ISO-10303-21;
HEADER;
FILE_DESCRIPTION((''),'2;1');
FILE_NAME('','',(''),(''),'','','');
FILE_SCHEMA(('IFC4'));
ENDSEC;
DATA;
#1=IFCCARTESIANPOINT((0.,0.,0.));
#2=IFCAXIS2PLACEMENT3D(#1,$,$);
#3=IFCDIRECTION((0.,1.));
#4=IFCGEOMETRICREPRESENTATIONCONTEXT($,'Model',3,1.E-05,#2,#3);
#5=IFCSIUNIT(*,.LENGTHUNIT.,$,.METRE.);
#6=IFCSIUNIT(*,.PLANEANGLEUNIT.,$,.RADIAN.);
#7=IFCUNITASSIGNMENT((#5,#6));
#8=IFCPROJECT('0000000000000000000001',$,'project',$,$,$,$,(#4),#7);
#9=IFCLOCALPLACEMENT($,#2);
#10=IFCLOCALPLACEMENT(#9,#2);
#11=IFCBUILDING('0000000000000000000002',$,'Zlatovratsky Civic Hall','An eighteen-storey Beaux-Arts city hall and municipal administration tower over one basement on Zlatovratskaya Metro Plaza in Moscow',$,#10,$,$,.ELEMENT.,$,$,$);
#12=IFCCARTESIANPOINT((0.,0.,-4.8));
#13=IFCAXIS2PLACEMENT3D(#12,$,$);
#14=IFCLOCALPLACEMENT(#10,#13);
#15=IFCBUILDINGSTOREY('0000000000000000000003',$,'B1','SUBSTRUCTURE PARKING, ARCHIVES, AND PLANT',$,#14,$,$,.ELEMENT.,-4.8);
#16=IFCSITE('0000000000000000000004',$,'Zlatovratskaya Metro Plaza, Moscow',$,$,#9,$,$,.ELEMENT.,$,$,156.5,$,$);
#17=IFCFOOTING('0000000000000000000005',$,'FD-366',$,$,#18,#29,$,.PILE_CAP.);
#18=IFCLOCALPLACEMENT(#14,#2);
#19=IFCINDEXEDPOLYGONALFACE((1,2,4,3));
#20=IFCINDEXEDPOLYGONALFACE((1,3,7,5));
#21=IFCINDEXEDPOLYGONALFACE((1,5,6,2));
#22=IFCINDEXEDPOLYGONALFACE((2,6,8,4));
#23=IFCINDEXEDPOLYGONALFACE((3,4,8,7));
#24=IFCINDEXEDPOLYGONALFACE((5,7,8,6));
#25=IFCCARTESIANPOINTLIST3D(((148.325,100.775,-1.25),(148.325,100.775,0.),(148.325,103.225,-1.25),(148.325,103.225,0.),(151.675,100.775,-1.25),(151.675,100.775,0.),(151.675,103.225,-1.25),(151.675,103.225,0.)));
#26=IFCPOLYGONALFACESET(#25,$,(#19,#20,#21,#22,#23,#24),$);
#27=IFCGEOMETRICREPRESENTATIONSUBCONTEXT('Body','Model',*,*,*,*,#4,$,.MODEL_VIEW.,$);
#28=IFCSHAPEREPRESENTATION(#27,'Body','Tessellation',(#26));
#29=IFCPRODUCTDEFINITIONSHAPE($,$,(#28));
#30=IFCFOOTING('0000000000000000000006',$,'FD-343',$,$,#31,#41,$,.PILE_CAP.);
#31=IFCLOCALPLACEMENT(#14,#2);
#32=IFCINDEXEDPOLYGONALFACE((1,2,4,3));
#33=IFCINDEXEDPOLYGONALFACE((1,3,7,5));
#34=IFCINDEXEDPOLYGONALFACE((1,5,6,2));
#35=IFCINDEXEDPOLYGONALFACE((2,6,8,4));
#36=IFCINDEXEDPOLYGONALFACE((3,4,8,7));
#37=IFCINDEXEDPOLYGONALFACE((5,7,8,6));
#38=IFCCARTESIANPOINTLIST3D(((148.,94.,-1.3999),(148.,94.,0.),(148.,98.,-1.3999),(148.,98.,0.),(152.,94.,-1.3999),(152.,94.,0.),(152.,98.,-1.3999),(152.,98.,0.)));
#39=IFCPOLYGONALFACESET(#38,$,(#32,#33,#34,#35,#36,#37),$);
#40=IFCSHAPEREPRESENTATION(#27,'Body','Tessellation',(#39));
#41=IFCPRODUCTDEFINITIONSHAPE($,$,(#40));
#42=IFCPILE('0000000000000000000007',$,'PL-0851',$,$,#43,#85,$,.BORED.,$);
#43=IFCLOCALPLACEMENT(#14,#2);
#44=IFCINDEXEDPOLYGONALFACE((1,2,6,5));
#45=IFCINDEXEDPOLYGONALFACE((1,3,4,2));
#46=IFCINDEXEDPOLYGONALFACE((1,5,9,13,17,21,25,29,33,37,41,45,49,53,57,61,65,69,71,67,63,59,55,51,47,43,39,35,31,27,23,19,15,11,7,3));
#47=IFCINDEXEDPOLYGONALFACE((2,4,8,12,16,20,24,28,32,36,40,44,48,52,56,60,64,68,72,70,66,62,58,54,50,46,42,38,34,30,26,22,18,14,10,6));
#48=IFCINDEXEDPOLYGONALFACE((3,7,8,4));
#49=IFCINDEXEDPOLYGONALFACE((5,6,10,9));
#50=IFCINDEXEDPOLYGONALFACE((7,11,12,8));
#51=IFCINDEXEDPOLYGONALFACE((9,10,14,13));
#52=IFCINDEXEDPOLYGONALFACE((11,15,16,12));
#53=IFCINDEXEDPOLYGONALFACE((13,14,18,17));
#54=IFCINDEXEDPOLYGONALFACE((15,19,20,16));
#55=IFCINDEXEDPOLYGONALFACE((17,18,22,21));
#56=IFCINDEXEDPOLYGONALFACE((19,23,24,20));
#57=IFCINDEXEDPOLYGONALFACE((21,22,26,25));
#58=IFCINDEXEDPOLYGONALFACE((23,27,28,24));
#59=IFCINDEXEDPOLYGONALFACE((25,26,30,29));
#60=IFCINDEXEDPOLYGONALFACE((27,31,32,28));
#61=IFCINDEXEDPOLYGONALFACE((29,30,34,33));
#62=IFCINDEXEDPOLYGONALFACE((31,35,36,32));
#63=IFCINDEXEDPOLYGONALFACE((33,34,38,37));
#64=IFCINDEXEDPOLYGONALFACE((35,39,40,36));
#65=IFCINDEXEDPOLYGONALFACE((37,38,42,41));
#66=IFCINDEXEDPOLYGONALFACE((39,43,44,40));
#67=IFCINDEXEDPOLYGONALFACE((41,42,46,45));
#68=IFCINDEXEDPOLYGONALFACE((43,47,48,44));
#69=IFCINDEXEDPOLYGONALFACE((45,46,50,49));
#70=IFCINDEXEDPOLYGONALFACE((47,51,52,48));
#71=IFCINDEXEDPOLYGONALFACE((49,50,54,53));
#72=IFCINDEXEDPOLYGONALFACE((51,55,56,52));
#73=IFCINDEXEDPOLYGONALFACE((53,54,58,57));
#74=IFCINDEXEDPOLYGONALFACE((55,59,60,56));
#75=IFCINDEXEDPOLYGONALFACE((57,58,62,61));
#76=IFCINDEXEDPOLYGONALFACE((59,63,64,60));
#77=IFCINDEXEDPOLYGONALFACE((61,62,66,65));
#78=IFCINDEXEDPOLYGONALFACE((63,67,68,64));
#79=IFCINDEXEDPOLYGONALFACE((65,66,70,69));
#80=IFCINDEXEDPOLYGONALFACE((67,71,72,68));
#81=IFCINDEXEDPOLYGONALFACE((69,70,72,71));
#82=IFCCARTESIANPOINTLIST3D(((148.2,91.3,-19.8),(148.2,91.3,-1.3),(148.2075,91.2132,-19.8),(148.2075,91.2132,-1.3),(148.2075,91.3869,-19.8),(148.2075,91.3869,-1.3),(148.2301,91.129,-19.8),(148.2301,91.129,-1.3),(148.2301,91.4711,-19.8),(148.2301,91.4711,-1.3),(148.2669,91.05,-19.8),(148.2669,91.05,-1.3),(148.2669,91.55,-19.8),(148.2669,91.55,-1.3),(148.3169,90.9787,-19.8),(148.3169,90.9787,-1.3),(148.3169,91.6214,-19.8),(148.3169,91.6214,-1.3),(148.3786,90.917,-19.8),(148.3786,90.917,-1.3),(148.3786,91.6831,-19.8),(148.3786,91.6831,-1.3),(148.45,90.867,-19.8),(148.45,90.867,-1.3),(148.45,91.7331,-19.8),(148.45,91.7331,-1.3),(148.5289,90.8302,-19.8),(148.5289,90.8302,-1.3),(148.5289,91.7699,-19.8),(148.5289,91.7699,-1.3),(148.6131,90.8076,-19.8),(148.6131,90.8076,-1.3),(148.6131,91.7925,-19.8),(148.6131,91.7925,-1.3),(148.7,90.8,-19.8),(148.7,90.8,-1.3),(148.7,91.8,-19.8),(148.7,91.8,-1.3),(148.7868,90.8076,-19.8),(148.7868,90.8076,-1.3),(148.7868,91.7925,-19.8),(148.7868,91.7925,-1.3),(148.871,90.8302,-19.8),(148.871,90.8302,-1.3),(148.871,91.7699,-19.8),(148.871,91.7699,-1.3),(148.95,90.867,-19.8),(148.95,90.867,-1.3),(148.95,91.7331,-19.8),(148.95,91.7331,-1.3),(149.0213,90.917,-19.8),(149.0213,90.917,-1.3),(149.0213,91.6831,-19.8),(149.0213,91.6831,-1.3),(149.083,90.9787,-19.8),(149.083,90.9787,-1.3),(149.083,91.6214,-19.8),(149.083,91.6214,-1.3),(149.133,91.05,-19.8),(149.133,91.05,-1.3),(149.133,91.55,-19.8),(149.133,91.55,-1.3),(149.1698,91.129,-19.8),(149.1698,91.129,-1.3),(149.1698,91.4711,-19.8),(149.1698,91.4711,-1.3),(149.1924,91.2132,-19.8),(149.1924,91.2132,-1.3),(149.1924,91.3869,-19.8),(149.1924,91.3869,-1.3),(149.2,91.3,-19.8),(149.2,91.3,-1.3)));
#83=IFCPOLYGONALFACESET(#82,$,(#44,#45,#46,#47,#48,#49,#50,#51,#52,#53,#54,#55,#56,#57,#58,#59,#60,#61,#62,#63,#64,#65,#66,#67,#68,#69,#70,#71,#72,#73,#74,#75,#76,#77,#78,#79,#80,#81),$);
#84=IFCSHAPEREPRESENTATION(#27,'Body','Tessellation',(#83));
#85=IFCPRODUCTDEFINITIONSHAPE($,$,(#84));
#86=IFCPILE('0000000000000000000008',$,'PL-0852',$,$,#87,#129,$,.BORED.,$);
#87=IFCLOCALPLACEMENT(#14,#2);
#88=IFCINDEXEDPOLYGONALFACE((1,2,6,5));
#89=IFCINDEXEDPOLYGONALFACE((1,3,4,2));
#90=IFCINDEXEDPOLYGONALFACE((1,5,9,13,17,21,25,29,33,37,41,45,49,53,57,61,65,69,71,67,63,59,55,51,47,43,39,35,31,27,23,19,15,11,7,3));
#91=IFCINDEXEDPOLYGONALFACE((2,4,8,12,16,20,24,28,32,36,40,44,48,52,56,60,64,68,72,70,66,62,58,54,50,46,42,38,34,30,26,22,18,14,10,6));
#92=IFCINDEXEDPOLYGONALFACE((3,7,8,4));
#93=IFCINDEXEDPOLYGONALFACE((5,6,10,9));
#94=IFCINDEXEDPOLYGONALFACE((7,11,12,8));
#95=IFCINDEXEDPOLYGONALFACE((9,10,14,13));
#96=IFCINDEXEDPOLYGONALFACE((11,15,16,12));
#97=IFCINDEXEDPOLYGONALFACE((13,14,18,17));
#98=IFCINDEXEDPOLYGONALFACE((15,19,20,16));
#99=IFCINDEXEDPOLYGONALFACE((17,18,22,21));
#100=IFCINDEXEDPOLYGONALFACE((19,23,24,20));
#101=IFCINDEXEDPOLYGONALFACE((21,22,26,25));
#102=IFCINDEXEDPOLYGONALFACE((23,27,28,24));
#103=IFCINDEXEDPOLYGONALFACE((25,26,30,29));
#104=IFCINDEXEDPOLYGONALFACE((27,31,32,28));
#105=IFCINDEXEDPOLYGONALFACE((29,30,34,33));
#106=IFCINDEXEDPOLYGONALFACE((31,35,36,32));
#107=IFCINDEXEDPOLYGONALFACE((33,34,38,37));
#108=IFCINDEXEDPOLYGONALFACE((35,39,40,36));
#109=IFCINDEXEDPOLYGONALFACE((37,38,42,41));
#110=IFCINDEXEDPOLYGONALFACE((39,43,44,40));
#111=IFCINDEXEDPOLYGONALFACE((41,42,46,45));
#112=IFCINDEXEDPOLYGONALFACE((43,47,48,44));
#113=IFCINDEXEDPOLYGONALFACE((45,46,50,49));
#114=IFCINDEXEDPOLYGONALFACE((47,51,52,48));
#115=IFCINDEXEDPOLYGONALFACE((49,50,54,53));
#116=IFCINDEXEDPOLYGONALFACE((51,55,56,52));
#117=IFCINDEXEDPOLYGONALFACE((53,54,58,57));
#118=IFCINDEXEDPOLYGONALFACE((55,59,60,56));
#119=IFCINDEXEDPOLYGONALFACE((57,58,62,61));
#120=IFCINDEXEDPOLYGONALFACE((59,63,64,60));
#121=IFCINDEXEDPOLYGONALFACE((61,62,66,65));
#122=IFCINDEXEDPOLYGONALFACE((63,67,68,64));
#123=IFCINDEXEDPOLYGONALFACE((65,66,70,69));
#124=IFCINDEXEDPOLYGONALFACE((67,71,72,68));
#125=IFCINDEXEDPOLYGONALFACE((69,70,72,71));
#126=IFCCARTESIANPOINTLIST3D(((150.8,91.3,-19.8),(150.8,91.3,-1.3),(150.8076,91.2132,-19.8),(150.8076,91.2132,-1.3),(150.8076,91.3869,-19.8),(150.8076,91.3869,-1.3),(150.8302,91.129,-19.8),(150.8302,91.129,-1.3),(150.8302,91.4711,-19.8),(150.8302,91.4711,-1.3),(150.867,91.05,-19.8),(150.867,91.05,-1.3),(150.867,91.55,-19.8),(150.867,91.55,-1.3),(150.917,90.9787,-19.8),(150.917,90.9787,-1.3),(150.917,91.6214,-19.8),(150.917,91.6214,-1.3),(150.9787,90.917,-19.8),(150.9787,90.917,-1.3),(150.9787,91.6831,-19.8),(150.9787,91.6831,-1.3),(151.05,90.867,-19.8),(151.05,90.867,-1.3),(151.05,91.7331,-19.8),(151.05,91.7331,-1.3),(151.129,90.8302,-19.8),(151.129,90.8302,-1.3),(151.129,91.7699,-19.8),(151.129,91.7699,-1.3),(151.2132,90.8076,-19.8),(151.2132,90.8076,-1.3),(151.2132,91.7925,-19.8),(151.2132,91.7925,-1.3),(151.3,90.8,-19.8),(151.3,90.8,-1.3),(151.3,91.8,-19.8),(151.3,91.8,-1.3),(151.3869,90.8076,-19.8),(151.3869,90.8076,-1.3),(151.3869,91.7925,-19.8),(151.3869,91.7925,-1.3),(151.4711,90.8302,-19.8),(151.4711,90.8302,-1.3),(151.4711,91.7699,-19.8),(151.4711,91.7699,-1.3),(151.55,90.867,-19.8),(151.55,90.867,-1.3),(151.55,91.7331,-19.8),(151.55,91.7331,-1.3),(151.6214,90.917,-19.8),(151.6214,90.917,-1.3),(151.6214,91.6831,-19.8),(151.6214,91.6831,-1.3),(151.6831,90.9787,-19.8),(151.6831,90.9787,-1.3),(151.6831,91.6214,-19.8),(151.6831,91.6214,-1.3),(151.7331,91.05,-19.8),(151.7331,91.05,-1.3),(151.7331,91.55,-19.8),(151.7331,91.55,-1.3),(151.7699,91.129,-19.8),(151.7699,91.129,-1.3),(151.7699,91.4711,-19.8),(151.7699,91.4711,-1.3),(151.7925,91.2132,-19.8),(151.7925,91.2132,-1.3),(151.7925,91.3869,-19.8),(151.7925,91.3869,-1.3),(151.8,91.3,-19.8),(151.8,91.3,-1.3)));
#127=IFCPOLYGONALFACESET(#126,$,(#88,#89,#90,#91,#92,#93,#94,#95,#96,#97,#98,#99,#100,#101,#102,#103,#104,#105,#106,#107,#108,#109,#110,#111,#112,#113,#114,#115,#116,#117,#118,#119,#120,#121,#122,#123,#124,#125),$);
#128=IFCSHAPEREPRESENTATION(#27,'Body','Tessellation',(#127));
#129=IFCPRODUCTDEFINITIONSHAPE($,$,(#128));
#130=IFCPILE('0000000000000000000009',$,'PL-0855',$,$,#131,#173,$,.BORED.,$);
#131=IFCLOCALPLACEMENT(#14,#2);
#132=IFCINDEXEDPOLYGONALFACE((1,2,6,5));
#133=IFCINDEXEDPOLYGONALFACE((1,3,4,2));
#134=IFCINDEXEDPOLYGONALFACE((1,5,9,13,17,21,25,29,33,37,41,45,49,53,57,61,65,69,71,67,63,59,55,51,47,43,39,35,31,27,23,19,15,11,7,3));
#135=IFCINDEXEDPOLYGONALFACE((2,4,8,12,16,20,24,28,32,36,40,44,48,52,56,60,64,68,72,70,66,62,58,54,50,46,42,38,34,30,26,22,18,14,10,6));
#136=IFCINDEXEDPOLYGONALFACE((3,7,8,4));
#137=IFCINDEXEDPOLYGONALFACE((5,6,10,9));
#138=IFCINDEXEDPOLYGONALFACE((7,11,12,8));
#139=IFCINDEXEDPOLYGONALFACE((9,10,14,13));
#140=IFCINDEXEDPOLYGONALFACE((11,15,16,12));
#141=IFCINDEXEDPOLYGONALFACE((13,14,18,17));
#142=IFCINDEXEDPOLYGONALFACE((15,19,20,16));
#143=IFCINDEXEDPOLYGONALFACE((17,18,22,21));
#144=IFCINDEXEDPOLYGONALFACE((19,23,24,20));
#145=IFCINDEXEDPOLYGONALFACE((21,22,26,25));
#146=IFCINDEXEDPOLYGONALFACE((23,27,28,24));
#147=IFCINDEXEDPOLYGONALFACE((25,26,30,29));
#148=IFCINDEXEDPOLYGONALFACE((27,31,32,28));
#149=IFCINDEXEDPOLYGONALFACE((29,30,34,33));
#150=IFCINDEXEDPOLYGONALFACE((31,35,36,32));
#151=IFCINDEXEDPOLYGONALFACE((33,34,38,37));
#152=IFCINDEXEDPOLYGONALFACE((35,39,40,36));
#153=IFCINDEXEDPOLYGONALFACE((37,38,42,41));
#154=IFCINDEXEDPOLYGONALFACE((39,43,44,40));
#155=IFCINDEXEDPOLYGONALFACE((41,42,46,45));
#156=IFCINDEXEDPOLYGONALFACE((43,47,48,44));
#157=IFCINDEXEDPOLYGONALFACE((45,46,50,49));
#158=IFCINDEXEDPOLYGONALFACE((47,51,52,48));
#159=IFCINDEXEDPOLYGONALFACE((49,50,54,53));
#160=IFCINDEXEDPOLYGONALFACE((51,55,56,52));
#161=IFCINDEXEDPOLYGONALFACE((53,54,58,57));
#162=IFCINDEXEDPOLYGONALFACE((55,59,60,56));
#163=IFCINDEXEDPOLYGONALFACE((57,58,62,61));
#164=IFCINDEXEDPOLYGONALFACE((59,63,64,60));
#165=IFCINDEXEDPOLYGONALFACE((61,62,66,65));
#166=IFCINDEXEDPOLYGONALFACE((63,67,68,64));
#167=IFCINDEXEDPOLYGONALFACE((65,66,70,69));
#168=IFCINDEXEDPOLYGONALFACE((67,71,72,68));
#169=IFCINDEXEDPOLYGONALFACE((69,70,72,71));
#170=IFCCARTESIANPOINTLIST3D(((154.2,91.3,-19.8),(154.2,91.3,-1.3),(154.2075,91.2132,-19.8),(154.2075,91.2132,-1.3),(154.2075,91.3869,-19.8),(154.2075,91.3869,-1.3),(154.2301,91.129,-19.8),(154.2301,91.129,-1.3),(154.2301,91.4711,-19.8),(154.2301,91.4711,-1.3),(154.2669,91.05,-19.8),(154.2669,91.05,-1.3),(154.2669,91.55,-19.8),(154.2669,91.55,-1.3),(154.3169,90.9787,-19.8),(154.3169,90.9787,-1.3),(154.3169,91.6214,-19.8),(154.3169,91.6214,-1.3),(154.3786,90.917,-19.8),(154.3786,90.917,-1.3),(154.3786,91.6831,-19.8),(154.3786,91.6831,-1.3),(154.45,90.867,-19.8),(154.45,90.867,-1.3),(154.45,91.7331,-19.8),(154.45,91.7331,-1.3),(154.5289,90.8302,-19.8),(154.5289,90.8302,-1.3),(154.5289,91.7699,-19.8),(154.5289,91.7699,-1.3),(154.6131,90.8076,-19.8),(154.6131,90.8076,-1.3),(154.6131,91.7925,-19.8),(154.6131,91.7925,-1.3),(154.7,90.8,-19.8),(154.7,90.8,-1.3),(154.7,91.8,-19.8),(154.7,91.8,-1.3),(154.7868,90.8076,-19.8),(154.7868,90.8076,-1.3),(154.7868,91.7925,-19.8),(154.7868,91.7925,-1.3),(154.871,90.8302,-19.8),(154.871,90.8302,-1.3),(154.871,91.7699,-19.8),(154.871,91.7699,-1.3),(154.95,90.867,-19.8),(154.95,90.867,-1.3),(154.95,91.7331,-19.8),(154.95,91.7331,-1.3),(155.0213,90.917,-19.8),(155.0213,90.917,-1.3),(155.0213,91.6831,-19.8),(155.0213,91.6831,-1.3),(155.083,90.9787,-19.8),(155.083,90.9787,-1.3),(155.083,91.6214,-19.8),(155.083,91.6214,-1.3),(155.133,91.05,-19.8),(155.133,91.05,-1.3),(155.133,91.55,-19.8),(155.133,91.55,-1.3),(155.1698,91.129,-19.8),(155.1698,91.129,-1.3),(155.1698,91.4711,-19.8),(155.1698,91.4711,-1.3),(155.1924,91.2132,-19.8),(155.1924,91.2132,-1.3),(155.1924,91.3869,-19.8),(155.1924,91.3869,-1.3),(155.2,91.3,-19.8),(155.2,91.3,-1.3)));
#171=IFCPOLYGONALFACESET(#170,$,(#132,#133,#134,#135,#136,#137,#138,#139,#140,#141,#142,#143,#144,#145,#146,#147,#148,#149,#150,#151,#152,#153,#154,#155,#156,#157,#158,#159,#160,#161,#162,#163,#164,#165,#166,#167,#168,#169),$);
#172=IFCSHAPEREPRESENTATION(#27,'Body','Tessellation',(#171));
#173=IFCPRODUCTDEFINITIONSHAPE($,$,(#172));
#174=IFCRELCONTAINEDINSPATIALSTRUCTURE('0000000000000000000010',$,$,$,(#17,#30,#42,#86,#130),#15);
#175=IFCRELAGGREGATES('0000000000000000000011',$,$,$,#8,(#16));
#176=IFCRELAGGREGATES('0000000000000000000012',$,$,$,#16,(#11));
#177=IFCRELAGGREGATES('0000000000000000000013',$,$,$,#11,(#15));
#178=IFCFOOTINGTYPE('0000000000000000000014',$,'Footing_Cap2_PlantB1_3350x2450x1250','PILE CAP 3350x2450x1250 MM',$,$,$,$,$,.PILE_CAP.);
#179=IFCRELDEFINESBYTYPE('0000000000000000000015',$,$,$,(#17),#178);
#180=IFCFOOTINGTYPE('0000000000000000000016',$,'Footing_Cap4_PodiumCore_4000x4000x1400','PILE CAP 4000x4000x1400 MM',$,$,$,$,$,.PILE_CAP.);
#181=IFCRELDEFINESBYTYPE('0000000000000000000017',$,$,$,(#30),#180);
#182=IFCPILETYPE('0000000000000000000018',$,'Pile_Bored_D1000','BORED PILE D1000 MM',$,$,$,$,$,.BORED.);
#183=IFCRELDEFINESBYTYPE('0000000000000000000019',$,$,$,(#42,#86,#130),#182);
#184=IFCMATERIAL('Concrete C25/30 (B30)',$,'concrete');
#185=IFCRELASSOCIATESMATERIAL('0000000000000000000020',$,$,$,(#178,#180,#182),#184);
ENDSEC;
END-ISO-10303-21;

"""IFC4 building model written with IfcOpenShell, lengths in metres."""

from ifc_helpers import new_model, si_unit, direction, frame, origin, origin_2d, place, context, subcontext, project, spatial, rectangle, circle, extrude, material, material_profile, profile_set, type_object, element, save


model = new_model("IFC4")

# Units and contexts
model_context = context("Model", 3, precision=1e-05, world=origin(), true_north=direction((0.0, 1.0)))
body_context = subcontext(model_context, "Body", "Model", "MODEL_VIEW")
ifc_project = project(units=[si_unit("LENGTHUNIT", "METRE"), si_unit("PLANEANGLEUNIT", "RADIAN")], contexts=[model_context])

# Site, building, storey
site_placement = place(None, origin())
site = spatial("IfcSite", under=ifc_project, at=site_placement, Name="Zlatovratskaya Metro Plaza, Moscow", CompositionType="ELEMENT", RefElevation=156.5)
building_placement = place(site_placement, origin())
building = spatial("IfcBuilding", under=site, at=building_placement, Name="Zlatovratsky Civic Hall", Description="An eighteen-storey Beaux-Arts city hall and municipal administration tower over one basement on Zlatovratskaya Metro Plaza in Moscow", CompositionType="ELEMENT")
storey_placement = place(building_placement, frame((0.0, 0.0, -4.8)))
storey = spatial("IfcBuildingStorey", under=building, at=storey_placement, Name="B1", Description="SUBSTRUCTURE PARKING, ARCHIVES, AND PLANT", CompositionType="ELEMENT", Elevation=-4.8)

# Footings
ifc_material_1 = material(Name="Concrete C25/30 (B30)", Category="concrete")
footing_type_1 = type_object("IfcFootingType", Name="Footing_Cap2_PlantB1_3350x2450x1250", Description="PILE CAP 3350x2450x1250 MM", PredefinedType="PILE_CAP", material=ifc_material_1)
footing_1_placement = place(storey_placement, frame((150.0, 102.0, -1.25), z_axis=(0.0, 0.0, 1.0), x_axis=(1.0, 0.0, 0.0)))
element("IfcFooting", 1, at=footing_1_placement, inside=storey, type_object=footing_type_1, Name="FD-366", PredefinedType="PILE_CAP", context=body_context, shape_type="SweptSolid", body=[
    extrude(rectangle(XDim=3.3501, YDim=2.45, at=origin_2d()), origin(), (0.0, 0.0, 1.0), 1.25),
])
footing_type_2 = type_object("IfcFootingType", Name="Footing_Cap4_PodiumCore_4000x4000x1400", Description="PILE CAP 4000x4000x1400 MM", PredefinedType="PILE_CAP", material=ifc_material_1)
footing_2_placement = place(storey_placement, frame((150.0, 96.0, -1.3999), z_axis=(0.0, 0.0, 1.0), x_axis=(1.0, 0.0, 0.0)))
element("IfcFooting", 2, at=footing_2_placement, inside=storey, type_object=footing_type_2, Name="FD-343", PredefinedType="PILE_CAP", context=body_context, shape_type="SweptSolid", body=[
    extrude(rectangle(XDim=4.0, YDim=4.0, at=origin_2d()), origin(), (0.0, 0.0, 1.0), 1.3999),
])

# Piles
ifc_material_profile_1 = material_profile(ifc_material_1, circle(Radius=0.5, at=origin_2d()), Name="PILE D1000")
ifc_profile_set_1 = profile_set([ifc_material_profile_1], Name="Concrete C25/30 (B30)")
pile_type_1 = type_object("IfcPileType", Name="Pile_Bored_D1000", Description="BORED PILE D1000 MM", PredefinedType="BORED", material=ifc_profile_set_1)
for number, where, z_axis, x_axis, name in (
    (3, (148.7, 91.3, -1.3), (0.0, 0.0, -1.0), (1.0, 0.0, 0.0), "PL-0851"),
    (4, (151.3, 91.3, -1.3), (0.0, 0.0, -1.0), (1.0, 0.0, 0.0), "PL-0852"),
    (5, (154.7, 91.3, -1.3), (0.0, 0.0, -1.0), (1.0, 0.0, 0.0), "PL-0855"),
):
    element("IfcPile", number, at=place(storey_placement, frame(where, z_axis=z_axis, x_axis=x_axis)), inside=storey, type_object=pile_type_1, Name=name, PredefinedType="BORED", context=body_context, shape_type="SweptSolid", body=[
        extrude(circle(Radius=0.5, at=origin_2d()), origin(), (0.0, 0.0, 1.0), 18.5),
    ])

save(model, "model.ifc")
